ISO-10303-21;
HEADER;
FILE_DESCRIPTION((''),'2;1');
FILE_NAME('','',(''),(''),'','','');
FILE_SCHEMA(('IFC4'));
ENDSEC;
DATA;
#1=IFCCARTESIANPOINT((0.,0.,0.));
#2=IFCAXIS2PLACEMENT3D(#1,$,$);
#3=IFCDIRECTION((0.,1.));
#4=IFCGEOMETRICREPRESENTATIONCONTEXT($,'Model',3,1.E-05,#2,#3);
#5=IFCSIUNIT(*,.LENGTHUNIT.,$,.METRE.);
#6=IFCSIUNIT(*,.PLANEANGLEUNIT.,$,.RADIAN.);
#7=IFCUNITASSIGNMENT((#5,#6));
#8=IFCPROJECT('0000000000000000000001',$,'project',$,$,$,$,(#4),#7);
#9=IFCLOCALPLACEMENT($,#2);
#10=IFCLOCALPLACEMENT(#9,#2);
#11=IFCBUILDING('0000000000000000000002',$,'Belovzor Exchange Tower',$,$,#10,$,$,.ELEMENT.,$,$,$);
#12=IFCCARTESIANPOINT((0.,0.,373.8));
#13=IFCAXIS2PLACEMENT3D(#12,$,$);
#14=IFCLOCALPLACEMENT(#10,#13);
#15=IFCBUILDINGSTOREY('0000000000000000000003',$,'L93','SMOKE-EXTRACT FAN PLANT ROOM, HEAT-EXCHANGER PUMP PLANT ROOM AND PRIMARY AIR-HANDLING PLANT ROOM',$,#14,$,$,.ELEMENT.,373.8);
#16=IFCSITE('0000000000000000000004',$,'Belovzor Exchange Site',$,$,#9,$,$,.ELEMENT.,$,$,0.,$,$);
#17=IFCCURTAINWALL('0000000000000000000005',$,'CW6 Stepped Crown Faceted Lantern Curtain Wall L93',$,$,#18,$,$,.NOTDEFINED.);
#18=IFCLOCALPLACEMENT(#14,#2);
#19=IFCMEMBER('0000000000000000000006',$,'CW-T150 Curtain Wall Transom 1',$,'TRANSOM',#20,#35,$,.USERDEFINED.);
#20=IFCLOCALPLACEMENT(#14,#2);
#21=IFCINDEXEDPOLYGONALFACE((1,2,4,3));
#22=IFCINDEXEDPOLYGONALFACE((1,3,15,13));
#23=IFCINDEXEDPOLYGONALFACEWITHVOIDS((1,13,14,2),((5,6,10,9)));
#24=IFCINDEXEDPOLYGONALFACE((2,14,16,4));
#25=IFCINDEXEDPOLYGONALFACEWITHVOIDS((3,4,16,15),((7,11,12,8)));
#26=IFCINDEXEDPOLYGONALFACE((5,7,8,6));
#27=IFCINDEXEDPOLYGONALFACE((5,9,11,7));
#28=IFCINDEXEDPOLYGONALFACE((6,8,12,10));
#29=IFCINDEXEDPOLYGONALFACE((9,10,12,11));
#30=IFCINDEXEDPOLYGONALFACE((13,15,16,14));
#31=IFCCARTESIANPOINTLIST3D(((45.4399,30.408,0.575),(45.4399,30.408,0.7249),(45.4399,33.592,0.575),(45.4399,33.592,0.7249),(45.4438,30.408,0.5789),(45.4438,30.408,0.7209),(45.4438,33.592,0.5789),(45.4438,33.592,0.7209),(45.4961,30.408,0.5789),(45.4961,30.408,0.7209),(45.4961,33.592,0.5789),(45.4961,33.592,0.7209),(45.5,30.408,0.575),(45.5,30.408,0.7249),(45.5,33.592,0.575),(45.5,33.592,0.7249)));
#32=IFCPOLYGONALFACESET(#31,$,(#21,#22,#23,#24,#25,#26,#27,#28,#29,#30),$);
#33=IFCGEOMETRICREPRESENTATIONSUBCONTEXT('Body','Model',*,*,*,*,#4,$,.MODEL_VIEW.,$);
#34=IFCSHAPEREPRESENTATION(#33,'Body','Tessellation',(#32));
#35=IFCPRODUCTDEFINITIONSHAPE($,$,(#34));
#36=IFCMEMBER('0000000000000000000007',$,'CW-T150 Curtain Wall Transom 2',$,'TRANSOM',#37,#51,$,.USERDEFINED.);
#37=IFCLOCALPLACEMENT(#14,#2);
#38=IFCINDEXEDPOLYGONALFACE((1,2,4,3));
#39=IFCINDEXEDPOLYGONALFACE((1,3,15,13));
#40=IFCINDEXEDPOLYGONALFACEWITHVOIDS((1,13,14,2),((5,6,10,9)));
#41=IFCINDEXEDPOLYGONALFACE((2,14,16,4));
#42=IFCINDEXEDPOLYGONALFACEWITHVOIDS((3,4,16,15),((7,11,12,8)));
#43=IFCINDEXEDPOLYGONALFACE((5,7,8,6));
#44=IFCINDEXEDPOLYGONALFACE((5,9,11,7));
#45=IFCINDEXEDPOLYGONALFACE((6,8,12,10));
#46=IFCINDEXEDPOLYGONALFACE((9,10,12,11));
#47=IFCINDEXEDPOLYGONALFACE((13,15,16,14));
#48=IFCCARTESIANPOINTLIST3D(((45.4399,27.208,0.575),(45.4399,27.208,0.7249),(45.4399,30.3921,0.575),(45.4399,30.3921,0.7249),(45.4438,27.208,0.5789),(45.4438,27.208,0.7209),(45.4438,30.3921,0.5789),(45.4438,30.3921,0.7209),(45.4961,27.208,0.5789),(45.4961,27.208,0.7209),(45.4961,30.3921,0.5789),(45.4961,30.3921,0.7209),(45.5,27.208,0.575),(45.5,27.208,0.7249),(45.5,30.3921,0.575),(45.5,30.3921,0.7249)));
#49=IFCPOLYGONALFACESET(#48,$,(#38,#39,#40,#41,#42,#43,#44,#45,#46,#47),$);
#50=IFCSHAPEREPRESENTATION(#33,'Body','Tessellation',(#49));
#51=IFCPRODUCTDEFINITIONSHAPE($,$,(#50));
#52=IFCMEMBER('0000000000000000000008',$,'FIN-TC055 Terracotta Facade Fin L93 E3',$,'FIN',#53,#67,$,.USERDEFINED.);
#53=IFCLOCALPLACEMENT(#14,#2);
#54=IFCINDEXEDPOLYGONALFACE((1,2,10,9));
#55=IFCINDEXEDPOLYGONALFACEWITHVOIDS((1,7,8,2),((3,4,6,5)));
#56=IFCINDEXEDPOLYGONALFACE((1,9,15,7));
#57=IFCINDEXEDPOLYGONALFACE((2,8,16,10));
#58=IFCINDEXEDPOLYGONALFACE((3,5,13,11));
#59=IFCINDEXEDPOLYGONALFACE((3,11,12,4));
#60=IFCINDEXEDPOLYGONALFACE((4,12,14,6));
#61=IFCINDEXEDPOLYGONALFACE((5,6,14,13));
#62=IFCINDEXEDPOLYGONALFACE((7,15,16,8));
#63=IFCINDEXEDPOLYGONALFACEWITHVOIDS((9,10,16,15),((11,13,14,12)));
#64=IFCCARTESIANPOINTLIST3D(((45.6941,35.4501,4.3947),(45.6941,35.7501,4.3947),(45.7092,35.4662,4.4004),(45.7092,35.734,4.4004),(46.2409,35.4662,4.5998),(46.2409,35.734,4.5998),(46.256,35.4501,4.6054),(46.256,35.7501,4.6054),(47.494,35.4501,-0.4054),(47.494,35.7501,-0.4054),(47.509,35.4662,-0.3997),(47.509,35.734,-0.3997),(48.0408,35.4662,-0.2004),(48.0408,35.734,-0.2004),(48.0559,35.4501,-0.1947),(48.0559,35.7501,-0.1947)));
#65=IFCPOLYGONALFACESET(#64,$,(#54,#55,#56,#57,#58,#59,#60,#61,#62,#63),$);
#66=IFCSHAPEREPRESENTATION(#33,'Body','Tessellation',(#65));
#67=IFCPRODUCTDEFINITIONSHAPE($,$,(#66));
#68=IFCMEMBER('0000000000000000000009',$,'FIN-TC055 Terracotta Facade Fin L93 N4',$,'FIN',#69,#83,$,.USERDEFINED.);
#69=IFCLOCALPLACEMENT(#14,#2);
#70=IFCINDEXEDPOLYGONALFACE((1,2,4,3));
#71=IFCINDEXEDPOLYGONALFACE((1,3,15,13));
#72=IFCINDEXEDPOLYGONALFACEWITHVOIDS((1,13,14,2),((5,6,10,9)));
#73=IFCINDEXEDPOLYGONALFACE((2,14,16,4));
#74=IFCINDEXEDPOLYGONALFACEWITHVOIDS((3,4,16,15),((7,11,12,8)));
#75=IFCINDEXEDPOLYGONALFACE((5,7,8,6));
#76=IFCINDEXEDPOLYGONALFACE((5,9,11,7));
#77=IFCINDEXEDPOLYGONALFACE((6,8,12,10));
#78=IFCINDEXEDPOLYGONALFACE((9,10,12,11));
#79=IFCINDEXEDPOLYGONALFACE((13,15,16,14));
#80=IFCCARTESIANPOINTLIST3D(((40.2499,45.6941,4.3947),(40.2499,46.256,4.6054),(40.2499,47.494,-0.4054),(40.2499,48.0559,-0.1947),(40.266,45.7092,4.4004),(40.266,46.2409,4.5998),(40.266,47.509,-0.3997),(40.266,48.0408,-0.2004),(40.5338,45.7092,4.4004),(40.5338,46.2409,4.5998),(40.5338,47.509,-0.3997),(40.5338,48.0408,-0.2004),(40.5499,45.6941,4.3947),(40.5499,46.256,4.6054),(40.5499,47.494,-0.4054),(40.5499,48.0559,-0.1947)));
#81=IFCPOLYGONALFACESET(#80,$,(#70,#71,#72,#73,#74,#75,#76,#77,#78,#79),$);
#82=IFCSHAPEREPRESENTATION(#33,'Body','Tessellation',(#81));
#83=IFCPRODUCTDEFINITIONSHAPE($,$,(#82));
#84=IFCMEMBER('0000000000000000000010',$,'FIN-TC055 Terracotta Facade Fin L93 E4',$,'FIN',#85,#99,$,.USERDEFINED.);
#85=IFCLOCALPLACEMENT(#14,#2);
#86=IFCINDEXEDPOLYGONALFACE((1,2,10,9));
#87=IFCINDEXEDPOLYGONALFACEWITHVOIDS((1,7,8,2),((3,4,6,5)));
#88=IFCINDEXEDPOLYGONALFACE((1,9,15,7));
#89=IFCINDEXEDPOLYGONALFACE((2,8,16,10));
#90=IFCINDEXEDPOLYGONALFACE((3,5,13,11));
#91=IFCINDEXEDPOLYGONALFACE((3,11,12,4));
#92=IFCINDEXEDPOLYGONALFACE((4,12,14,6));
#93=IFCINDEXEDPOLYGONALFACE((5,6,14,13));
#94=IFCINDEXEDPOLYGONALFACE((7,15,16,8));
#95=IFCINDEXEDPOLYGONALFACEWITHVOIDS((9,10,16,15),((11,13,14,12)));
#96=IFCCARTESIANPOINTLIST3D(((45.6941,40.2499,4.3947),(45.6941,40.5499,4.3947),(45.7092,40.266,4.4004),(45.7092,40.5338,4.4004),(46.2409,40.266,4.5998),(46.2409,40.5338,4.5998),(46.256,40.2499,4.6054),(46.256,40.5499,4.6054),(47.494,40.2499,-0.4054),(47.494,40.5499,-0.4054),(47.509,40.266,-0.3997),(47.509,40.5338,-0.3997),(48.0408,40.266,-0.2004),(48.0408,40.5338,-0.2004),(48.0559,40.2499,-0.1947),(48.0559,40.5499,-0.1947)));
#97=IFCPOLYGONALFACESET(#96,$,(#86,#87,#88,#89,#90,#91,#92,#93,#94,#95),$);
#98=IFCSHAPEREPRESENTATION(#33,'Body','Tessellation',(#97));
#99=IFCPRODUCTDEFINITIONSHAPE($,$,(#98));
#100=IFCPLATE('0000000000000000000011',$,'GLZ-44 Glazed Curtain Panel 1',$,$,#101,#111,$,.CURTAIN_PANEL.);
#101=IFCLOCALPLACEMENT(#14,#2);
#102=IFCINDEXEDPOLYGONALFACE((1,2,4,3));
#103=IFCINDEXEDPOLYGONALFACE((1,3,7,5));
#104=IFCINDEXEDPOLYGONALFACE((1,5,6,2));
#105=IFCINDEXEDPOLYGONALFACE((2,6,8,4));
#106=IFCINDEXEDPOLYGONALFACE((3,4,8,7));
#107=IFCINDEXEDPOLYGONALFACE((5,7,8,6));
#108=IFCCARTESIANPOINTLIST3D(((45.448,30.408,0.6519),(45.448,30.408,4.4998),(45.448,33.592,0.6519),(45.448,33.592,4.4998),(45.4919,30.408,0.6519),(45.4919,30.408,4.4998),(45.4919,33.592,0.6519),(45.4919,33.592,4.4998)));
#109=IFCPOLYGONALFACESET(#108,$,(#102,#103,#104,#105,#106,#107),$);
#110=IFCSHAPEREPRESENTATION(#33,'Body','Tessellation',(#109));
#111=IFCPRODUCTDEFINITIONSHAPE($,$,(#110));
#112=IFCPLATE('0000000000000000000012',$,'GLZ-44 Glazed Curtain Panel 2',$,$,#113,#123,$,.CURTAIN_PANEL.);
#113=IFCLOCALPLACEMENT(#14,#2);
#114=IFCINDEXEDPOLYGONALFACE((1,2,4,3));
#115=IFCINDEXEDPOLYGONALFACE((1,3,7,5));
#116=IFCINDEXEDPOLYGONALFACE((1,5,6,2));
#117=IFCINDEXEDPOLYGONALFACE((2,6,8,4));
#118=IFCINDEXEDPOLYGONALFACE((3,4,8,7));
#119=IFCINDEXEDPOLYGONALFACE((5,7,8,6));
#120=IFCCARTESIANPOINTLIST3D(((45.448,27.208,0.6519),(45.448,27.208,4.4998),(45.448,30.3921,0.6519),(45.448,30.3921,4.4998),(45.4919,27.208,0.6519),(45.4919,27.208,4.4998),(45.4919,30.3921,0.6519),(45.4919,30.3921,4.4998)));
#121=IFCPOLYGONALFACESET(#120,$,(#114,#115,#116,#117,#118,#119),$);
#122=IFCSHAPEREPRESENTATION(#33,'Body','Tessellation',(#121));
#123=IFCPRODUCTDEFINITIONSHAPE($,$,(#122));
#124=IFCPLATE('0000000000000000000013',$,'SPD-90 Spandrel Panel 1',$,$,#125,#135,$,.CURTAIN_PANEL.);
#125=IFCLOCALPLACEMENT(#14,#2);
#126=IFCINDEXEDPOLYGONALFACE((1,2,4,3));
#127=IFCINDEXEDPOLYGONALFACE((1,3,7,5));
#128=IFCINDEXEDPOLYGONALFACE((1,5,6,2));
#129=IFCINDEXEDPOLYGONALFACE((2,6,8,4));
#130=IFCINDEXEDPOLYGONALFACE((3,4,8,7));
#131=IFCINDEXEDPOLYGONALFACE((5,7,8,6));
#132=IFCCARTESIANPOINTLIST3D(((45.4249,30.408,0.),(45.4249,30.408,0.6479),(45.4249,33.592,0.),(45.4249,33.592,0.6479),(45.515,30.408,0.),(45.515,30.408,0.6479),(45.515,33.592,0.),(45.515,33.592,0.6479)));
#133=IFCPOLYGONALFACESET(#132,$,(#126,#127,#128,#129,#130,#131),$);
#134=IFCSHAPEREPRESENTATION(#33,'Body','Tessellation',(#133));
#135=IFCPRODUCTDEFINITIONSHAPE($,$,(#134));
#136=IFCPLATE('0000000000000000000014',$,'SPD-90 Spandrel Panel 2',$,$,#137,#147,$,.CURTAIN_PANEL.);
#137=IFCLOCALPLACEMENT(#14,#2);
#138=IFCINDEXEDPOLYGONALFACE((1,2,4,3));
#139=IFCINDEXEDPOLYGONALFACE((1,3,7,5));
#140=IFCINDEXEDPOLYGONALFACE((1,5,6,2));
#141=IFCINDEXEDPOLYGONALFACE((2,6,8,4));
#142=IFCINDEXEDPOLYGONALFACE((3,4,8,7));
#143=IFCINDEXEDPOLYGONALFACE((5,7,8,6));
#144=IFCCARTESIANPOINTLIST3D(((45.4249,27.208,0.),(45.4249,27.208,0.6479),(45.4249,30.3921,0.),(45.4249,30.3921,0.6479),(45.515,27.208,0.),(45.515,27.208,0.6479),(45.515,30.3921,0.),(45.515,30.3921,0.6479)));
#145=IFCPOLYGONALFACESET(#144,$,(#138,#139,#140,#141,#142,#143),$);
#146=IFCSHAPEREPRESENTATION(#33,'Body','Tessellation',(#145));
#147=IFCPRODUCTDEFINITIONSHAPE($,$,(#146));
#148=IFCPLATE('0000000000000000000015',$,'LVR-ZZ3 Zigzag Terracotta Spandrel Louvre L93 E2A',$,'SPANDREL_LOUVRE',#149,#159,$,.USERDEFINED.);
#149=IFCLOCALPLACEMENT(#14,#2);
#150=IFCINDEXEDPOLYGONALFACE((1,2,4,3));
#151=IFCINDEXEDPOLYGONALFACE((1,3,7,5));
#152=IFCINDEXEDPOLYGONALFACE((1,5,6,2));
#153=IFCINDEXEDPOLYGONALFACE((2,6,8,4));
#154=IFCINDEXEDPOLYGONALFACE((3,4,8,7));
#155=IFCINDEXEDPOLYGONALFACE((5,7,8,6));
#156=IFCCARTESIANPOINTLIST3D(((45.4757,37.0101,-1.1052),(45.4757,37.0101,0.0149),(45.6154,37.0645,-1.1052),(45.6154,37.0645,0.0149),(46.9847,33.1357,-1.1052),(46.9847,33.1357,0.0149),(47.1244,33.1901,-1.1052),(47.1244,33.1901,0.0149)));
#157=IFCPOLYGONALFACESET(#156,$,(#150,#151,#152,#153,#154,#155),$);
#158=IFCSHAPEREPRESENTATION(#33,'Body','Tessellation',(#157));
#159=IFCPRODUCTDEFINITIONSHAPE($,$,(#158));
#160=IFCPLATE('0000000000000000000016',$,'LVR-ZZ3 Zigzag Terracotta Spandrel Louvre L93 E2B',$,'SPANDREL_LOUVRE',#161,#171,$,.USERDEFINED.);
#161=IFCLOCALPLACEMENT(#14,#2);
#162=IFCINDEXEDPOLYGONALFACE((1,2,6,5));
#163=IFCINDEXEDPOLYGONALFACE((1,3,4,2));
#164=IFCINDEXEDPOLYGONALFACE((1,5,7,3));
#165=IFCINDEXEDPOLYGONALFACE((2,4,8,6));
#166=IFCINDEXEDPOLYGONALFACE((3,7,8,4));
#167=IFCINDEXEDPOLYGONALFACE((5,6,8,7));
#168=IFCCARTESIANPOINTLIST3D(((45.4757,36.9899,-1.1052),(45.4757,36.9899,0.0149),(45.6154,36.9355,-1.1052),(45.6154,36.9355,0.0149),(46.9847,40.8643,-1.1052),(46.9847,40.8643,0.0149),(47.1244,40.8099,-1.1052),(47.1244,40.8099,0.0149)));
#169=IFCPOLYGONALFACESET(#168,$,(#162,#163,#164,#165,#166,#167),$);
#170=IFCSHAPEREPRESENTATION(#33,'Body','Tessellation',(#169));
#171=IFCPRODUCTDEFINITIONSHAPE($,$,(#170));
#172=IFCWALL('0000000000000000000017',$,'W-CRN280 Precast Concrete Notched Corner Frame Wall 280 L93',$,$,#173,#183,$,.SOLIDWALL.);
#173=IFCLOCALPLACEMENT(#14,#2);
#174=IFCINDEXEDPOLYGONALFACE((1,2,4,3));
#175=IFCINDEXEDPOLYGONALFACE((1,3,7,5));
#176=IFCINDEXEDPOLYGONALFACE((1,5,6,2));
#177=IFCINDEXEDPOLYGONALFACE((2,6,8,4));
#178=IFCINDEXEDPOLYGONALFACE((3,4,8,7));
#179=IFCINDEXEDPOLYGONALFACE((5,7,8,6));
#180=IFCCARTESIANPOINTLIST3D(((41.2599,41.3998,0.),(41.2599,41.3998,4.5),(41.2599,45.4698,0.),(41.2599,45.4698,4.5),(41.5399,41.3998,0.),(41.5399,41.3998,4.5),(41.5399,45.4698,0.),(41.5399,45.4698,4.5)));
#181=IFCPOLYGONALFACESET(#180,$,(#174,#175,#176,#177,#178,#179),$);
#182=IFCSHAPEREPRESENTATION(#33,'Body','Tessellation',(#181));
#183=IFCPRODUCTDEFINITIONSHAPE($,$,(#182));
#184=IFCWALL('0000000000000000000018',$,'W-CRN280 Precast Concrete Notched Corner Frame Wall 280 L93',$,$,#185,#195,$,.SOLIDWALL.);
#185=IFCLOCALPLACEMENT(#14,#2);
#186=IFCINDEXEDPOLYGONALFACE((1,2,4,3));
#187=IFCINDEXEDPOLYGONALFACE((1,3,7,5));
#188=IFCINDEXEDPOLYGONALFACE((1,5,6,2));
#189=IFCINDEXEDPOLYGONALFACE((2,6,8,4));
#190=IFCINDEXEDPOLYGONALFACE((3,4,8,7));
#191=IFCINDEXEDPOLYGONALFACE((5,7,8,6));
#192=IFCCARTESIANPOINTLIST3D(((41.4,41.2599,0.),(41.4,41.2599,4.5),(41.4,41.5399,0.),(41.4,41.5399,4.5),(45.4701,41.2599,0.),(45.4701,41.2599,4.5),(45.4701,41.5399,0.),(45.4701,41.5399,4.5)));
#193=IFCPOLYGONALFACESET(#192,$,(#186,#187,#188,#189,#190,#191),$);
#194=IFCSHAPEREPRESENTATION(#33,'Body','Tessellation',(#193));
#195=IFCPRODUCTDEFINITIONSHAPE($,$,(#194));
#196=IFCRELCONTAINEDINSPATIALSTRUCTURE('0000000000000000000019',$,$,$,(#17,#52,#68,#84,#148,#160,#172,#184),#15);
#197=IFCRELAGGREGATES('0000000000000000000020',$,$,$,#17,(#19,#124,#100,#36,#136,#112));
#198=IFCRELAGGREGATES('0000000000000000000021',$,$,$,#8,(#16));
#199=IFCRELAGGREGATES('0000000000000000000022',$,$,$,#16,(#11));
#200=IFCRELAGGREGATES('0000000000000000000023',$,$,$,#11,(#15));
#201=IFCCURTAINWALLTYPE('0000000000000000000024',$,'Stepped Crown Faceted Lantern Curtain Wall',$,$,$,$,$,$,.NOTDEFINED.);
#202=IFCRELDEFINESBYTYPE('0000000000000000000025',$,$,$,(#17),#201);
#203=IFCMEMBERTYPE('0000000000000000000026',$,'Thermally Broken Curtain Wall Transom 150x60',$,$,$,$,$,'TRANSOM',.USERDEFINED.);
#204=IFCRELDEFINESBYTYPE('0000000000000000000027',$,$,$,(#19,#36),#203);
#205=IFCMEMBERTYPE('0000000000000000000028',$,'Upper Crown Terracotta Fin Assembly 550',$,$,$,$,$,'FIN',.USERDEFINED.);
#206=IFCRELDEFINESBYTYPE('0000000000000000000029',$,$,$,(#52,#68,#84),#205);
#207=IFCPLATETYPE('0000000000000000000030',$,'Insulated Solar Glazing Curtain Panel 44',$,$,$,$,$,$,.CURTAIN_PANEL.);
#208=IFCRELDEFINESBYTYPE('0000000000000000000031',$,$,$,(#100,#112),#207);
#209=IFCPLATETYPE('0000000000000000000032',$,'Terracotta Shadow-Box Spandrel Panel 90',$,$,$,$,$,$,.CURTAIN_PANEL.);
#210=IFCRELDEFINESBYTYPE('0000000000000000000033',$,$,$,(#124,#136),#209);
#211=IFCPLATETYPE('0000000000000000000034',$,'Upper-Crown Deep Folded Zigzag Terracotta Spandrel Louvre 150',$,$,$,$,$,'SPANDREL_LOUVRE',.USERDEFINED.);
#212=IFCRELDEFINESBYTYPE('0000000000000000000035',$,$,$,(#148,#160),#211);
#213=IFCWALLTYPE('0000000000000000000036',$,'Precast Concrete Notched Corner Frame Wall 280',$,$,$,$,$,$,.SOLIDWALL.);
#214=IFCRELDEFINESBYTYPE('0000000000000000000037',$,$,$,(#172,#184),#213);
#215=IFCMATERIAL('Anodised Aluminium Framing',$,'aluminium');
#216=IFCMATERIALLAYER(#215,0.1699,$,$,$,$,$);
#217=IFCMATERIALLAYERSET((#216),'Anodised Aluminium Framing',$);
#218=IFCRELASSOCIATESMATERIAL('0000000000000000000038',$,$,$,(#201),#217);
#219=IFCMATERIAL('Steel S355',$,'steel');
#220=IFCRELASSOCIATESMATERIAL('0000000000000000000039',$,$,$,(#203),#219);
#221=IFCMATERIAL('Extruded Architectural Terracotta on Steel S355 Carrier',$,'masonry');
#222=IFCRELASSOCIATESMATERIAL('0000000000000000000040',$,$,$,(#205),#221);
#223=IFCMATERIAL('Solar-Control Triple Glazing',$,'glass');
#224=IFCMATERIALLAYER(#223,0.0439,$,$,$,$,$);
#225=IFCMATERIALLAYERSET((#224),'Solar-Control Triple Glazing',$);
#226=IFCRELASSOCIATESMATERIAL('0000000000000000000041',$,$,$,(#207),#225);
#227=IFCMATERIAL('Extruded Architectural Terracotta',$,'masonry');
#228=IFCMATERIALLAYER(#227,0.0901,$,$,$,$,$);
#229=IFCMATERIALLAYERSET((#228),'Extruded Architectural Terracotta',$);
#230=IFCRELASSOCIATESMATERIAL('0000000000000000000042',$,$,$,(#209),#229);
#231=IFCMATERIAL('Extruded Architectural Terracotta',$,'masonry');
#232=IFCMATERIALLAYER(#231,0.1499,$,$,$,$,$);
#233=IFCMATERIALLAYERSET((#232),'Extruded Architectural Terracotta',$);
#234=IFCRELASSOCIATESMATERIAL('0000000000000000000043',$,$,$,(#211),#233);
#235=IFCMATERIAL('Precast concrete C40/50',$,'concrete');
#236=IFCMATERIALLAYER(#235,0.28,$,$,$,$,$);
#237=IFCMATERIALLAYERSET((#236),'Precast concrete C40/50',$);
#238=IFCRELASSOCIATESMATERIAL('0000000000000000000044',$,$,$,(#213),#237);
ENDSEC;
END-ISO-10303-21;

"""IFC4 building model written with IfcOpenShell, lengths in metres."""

from ifc_helpers import new_model, si_unit, direction, frame, frame_2d, origin, origin_2d, place, context, subcontext, project, spatial, rectangle, hollow_rectangle, extrude, material, layer, layer_set, material_profile, profile_set, type_object, element, aggregate, save


model = new_model("IFC4")

# Units and contexts
model_context = context("Model", 3, precision=1e-05, world=origin(), true_north=direction((0.0, 1.0)))
body_context = subcontext(model_context, "Body", "Model", "MODEL_VIEW")
ifc_project = project(units=[si_unit("LENGTHUNIT", "METRE"), si_unit("PLANEANGLEUNIT", "RADIAN")], contexts=[model_context])

# Site, building, storey
site_placement = place(None, origin())
site = spatial("IfcSite", under=ifc_project, at=site_placement, Name="Belovzor Exchange Site", CompositionType="ELEMENT", RefElevation=0.0)
building_placement = place(site_placement, origin())
building = spatial("IfcBuilding", under=site, at=building_placement, Name="Belovzor Exchange Tower", CompositionType="ELEMENT")
storey_placement = place(building_placement, frame((0.0, 0.0, 373.8)))
storey = spatial("IfcBuildingStorey", under=building, at=storey_placement, Name="L93", Description="SMOKE-EXTRACT FAN PLANT ROOM, HEAT-EXCHANGER PUMP PLANT ROOM AND PRIMARY AIR-HANDLING PLANT ROOM", CompositionType="ELEMENT", Elevation=373.8)

# Curtain wall, members
ifc_material_1 = material(Name="Anodised Aluminium Framing", Category="aluminium")
ifc_layer_1 = layer(ifc_material_1, 0.1699)
ifc_layer_set_1 = layer_set([ifc_layer_1], Name="Anodised Aluminium Framing")
curtain_wall_type = type_object("IfcCurtainWallType", Name="Stepped Crown Faceted Lantern Curtain Wall", PredefinedType="NOTDEFINED", material=ifc_layer_set_1)
curtain_wall_placement = place(storey_placement, origin())
curtain_wall = element("IfcCurtainWall", 1, at=curtain_wall_placement, inside=storey, type_object=curtain_wall_type, Name="CW6 Stepped Crown Faceted Lantern Curtain Wall L93", PredefinedType="NOTDEFINED")
ifc_material_2 = material(Name="Steel S355", Category="steel")
ifc_material_profile_1 = material_profile(ifc_material_2, hollow_rectangle(XDim=0.0601, YDim=0.1499, WallThickness=0.0039, at=origin_2d()))
ifc_profile_set_1 = profile_set([ifc_material_profile_1], Name="Steel S355")
member_type_1 = type_object("IfcMemberType", Name="Thermally Broken Curtain Wall Transom 150x60", ElementType="TRANSOM", PredefinedType="USERDEFINED", material=ifc_profile_set_1)
member_1_placement = place(storey_placement, frame((45.47, 33.592, 0.6499), z_axis=(0.0, -1.0, 0.0), x_axis=(1.0, 0.0, 0.0)))
member_1 = element("IfcMember", 2, at=member_1_placement, type_object=member_type_1, Name="CW-T150 Curtain Wall Transom 1", ObjectType="TRANSOM", PredefinedType="USERDEFINED", context=body_context, shape_type="SweptSolid", body=[
    extrude(hollow_rectangle(XDim=0.0601, YDim=0.1499, WallThickness=0.0039, at=origin_2d()), origin(), (0.0, 0.0, 1.0), 3.1841),
])
member_2_placement = place(storey_placement, frame((45.47, 30.3921, 0.6499), z_axis=(0.0, -1.0, 0.0), x_axis=(1.0, 0.0, 0.0)))
member_2 = element("IfcMember", 3, at=member_2_placement, type_object=member_type_1, Name="CW-T150 Curtain Wall Transom 2", ObjectType="TRANSOM", PredefinedType="USERDEFINED", context=body_context, shape_type="SweptSolid", body=[
    extrude(hollow_rectangle(XDim=0.0601, YDim=0.1499, WallThickness=0.0039, at=origin_2d()), origin(), (0.0, 0.0, 1.0), 3.1841),
])

# Members
ifc_material_3 = material(Name="Extruded Architectural Terracotta on Steel S355 Carrier", Category="masonry")
ifc_material_profile_2 = material_profile(ifc_material_3, hollow_rectangle(XDim=0.3, YDim=0.6001, WallThickness=0.0161, at=origin_2d()))
ifc_profile_set_2 = profile_set([ifc_material_profile_2], Name="Extruded Architectural Terracotta on Steel S355 Carrier")
member_type_2 = type_object("IfcMemberType", Name="Upper Crown Terracotta Fin Assembly 550", ElementType="FIN", PredefinedType="USERDEFINED", material=ifc_profile_set_2)
for number, where, z_axis, x_axis, name in (
    (4, (47.7749, 35.6001, -0.3), (-0.351087, 0.0, 0.936343), (0.0, -1.0, 0.0), "FIN-TC055 Terracotta Facade Fin L93 E3"),
    (5, (40.3999, 47.7749, -0.3), (0.0, -0.351087, 0.936343), (1.0, 0.0, 0.0), "FIN-TC055 Terracotta Facade Fin L93 N4"),
    (6, (47.7749, 40.3999, -0.3), (-0.351087, 0.0, 0.936343), (0.0, -1.0, 0.0), "FIN-TC055 Terracotta Facade Fin L93 E4"),
):
    element("IfcMember", number, at=place(storey_placement, frame(where, z_axis=z_axis, x_axis=x_axis)), inside=storey, type_object=member_type_2, Name=name, ObjectType="FIN", PredefinedType="USERDEFINED", context=body_context, shape_type="SweptSolid", body=[
        extrude(hollow_rectangle(XDim=0.3, YDim=0.6001, WallThickness=0.0161, at=origin_2d()), origin(), (0.0, 0.0, 1.0), 5.1265),
    ])

# Plates
ifc_material_4 = material(Name="Solar-Control Triple Glazing", Category="glass")
ifc_layer_2 = layer(ifc_material_4, 0.0439)
ifc_layer_set_2 = layer_set([ifc_layer_2], Name="Solar-Control Triple Glazing")
plate_type_1 = type_object("IfcPlateType", Name="Insulated Solar Glazing Curtain Panel 44", PredefinedType="CURTAIN_PANEL", material=ifc_layer_set_2)
plate_1_placement = place(storey_placement, frame((45.47, 32.0, 0.6519), z_axis=(0.0, 0.0, 1.0), x_axis=(0.0, -1.0, 0.0)))
plate_1 = element("IfcPlate", 7, at=plate_1_placement, type_object=plate_type_1, Name="GLZ-44 Glazed Curtain Panel 1", PredefinedType="CURTAIN_PANEL", context=body_context, shape_type="SweptSolid", body=[
    extrude(rectangle(XDim=3.1841, YDim=0.0439, at=origin_2d()), origin(), (0.0, 0.0, 1.0), 3.8479),
])
plate_2_placement = place(storey_placement, frame((45.47, 28.8, 0.6519), z_axis=(0.0, 0.0, 1.0), x_axis=(0.0, -1.0, 0.0)))
plate_2 = element("IfcPlate", 8, at=plate_2_placement, type_object=plate_type_1, Name="GLZ-44 Glazed Curtain Panel 2", PredefinedType="CURTAIN_PANEL", context=body_context, shape_type="SweptSolid", body=[
    extrude(rectangle(XDim=3.1841, YDim=0.0439, at=origin_2d()), origin(), (0.0, 0.0, 1.0), 3.8479),
])
ifc_material_5 = material(Name="Extruded Architectural Terracotta", Category="masonry")
ifc_layer_3 = layer(ifc_material_5, 0.0901)
ifc_layer_set_3 = layer_set([ifc_layer_3], Name="Extruded Architectural Terracotta")
plate_type_2 = type_object("IfcPlateType", Name="Terracotta Shadow-Box Spandrel Panel 90", PredefinedType="CURTAIN_PANEL", material=ifc_layer_set_3)
plate_3_placement = place(storey_placement, frame((45.47, 32.0, 0.0), z_axis=(0.0, 0.0, 1.0), x_axis=(0.0, -1.0, 0.0)))
plate_3 = element("IfcPlate", 9, at=plate_3_placement, type_object=plate_type_2, Name="SPD-90 Spandrel Panel 1", PredefinedType="CURTAIN_PANEL", context=body_context, shape_type="SweptSolid", body=[
    extrude(rectangle(XDim=3.1841, YDim=0.0901, at=origin_2d()), origin(), (0.0, 0.0, 1.0), 0.6479),
])
plate_4_placement = place(storey_placement, frame((45.47, 28.8, 0.0), z_axis=(0.0, 0.0, 1.0), x_axis=(0.0, -1.0, 0.0)))
plate_4 = element("IfcPlate", 10, at=plate_4_placement, type_object=plate_type_2, Name="SPD-90 Spandrel Panel 2", PredefinedType="CURTAIN_PANEL", context=body_context, shape_type="SweptSolid", body=[
    extrude(rectangle(XDim=3.1841, YDim=0.0901, at=origin_2d()), origin(), (0.0, 0.0, 1.0), 0.6479),
])
aggregate(curtain_wall, [member_1, plate_3, plate_1, member_2, plate_4, plate_2])

# Plates
ifc_material_6 = material(Name="Extruded Architectural Terracotta", Category="masonry")
ifc_layer_4 = layer(ifc_material_6, 0.1499)
ifc_layer_set_4 = layer_set([ifc_layer_4], Name="Extruded Architectural Terracotta")
plate_type_3 = type_object("IfcPlateType", Name="Upper-Crown Deep Folded Zigzag Terracotta Spandrel Louvre 150", ElementType="SPANDREL_LOUVRE", PredefinedType="USERDEFINED", material=ifc_layer_set_4)
for number, where, z_axis, x_axis, name in (
    (11, (46.3, 35.1001, -1.1052), (0.0, 0.0, 1.0), (-0.362926, 0.931818, 0.0), "LVR-ZZ3 Zigzag Terracotta Spandrel Louvre L93 E2A"),
    (12, (46.3, 38.8999, -1.1052), (0.0, 0.0, 1.0), (0.362926, 0.931818, 0.0), "LVR-ZZ3 Zigzag Terracotta Spandrel Louvre L93 E2B"),
):
    element("IfcPlate", number, at=place(storey_placement, frame(where, z_axis=z_axis, x_axis=x_axis)), inside=storey, type_object=plate_type_3, Name=name, ObjectType="SPANDREL_LOUVRE", PredefinedType="USERDEFINED", context=body_context, shape_type="SweptSolid", body=[
        extrude(rectangle(XDim=4.158, YDim=0.1499, at=origin_2d()), origin(), (0.0, 0.0, 1.0), 1.1201),
    ])

# Walls
ifc_material_7 = material(Name="Precast concrete C40/50", Category="concrete")
ifc_layer_5 = layer(ifc_material_7, 0.28)
ifc_layer_set_5 = layer_set([ifc_layer_5], Name="Precast concrete C40/50")
wall_type_1 = type_object("IfcWallType", Name="Precast Concrete Notched Corner Frame Wall 280", PredefinedType="SOLIDWALL", material=ifc_layer_set_5)
for number, where, z_axis, x_axis, name in (
    (13, (41.3999, 45.47, 0.0), (0.0, 0.0, 1.0), (0.0, -1.0, 0.0), "W-CRN280 Precast Concrete Notched Corner Frame Wall 280 L93"),
    (14, (41.3999, 41.3999, 0.0), (0.0, 0.0, 1.0), (1.0, 0.0, 0.0), "W-CRN280 Precast Concrete Notched Corner Frame Wall 280 L93"),
):
    element("IfcWall", number, at=place(storey_placement, frame(where, z_axis=z_axis, x_axis=x_axis)), inside=storey, type_object=wall_type_1, Name=name, PredefinedType="SOLIDWALL", context=body_context, shape_type="SweptSolid", body=[
        extrude(rectangle(XDim=4.0701, YDim=0.28, at=frame_2d((2.0352, 0.0))), origin(), (0.0, 0.0, 1.0), 4.5),
    ])

save(model, "model.ifc")
